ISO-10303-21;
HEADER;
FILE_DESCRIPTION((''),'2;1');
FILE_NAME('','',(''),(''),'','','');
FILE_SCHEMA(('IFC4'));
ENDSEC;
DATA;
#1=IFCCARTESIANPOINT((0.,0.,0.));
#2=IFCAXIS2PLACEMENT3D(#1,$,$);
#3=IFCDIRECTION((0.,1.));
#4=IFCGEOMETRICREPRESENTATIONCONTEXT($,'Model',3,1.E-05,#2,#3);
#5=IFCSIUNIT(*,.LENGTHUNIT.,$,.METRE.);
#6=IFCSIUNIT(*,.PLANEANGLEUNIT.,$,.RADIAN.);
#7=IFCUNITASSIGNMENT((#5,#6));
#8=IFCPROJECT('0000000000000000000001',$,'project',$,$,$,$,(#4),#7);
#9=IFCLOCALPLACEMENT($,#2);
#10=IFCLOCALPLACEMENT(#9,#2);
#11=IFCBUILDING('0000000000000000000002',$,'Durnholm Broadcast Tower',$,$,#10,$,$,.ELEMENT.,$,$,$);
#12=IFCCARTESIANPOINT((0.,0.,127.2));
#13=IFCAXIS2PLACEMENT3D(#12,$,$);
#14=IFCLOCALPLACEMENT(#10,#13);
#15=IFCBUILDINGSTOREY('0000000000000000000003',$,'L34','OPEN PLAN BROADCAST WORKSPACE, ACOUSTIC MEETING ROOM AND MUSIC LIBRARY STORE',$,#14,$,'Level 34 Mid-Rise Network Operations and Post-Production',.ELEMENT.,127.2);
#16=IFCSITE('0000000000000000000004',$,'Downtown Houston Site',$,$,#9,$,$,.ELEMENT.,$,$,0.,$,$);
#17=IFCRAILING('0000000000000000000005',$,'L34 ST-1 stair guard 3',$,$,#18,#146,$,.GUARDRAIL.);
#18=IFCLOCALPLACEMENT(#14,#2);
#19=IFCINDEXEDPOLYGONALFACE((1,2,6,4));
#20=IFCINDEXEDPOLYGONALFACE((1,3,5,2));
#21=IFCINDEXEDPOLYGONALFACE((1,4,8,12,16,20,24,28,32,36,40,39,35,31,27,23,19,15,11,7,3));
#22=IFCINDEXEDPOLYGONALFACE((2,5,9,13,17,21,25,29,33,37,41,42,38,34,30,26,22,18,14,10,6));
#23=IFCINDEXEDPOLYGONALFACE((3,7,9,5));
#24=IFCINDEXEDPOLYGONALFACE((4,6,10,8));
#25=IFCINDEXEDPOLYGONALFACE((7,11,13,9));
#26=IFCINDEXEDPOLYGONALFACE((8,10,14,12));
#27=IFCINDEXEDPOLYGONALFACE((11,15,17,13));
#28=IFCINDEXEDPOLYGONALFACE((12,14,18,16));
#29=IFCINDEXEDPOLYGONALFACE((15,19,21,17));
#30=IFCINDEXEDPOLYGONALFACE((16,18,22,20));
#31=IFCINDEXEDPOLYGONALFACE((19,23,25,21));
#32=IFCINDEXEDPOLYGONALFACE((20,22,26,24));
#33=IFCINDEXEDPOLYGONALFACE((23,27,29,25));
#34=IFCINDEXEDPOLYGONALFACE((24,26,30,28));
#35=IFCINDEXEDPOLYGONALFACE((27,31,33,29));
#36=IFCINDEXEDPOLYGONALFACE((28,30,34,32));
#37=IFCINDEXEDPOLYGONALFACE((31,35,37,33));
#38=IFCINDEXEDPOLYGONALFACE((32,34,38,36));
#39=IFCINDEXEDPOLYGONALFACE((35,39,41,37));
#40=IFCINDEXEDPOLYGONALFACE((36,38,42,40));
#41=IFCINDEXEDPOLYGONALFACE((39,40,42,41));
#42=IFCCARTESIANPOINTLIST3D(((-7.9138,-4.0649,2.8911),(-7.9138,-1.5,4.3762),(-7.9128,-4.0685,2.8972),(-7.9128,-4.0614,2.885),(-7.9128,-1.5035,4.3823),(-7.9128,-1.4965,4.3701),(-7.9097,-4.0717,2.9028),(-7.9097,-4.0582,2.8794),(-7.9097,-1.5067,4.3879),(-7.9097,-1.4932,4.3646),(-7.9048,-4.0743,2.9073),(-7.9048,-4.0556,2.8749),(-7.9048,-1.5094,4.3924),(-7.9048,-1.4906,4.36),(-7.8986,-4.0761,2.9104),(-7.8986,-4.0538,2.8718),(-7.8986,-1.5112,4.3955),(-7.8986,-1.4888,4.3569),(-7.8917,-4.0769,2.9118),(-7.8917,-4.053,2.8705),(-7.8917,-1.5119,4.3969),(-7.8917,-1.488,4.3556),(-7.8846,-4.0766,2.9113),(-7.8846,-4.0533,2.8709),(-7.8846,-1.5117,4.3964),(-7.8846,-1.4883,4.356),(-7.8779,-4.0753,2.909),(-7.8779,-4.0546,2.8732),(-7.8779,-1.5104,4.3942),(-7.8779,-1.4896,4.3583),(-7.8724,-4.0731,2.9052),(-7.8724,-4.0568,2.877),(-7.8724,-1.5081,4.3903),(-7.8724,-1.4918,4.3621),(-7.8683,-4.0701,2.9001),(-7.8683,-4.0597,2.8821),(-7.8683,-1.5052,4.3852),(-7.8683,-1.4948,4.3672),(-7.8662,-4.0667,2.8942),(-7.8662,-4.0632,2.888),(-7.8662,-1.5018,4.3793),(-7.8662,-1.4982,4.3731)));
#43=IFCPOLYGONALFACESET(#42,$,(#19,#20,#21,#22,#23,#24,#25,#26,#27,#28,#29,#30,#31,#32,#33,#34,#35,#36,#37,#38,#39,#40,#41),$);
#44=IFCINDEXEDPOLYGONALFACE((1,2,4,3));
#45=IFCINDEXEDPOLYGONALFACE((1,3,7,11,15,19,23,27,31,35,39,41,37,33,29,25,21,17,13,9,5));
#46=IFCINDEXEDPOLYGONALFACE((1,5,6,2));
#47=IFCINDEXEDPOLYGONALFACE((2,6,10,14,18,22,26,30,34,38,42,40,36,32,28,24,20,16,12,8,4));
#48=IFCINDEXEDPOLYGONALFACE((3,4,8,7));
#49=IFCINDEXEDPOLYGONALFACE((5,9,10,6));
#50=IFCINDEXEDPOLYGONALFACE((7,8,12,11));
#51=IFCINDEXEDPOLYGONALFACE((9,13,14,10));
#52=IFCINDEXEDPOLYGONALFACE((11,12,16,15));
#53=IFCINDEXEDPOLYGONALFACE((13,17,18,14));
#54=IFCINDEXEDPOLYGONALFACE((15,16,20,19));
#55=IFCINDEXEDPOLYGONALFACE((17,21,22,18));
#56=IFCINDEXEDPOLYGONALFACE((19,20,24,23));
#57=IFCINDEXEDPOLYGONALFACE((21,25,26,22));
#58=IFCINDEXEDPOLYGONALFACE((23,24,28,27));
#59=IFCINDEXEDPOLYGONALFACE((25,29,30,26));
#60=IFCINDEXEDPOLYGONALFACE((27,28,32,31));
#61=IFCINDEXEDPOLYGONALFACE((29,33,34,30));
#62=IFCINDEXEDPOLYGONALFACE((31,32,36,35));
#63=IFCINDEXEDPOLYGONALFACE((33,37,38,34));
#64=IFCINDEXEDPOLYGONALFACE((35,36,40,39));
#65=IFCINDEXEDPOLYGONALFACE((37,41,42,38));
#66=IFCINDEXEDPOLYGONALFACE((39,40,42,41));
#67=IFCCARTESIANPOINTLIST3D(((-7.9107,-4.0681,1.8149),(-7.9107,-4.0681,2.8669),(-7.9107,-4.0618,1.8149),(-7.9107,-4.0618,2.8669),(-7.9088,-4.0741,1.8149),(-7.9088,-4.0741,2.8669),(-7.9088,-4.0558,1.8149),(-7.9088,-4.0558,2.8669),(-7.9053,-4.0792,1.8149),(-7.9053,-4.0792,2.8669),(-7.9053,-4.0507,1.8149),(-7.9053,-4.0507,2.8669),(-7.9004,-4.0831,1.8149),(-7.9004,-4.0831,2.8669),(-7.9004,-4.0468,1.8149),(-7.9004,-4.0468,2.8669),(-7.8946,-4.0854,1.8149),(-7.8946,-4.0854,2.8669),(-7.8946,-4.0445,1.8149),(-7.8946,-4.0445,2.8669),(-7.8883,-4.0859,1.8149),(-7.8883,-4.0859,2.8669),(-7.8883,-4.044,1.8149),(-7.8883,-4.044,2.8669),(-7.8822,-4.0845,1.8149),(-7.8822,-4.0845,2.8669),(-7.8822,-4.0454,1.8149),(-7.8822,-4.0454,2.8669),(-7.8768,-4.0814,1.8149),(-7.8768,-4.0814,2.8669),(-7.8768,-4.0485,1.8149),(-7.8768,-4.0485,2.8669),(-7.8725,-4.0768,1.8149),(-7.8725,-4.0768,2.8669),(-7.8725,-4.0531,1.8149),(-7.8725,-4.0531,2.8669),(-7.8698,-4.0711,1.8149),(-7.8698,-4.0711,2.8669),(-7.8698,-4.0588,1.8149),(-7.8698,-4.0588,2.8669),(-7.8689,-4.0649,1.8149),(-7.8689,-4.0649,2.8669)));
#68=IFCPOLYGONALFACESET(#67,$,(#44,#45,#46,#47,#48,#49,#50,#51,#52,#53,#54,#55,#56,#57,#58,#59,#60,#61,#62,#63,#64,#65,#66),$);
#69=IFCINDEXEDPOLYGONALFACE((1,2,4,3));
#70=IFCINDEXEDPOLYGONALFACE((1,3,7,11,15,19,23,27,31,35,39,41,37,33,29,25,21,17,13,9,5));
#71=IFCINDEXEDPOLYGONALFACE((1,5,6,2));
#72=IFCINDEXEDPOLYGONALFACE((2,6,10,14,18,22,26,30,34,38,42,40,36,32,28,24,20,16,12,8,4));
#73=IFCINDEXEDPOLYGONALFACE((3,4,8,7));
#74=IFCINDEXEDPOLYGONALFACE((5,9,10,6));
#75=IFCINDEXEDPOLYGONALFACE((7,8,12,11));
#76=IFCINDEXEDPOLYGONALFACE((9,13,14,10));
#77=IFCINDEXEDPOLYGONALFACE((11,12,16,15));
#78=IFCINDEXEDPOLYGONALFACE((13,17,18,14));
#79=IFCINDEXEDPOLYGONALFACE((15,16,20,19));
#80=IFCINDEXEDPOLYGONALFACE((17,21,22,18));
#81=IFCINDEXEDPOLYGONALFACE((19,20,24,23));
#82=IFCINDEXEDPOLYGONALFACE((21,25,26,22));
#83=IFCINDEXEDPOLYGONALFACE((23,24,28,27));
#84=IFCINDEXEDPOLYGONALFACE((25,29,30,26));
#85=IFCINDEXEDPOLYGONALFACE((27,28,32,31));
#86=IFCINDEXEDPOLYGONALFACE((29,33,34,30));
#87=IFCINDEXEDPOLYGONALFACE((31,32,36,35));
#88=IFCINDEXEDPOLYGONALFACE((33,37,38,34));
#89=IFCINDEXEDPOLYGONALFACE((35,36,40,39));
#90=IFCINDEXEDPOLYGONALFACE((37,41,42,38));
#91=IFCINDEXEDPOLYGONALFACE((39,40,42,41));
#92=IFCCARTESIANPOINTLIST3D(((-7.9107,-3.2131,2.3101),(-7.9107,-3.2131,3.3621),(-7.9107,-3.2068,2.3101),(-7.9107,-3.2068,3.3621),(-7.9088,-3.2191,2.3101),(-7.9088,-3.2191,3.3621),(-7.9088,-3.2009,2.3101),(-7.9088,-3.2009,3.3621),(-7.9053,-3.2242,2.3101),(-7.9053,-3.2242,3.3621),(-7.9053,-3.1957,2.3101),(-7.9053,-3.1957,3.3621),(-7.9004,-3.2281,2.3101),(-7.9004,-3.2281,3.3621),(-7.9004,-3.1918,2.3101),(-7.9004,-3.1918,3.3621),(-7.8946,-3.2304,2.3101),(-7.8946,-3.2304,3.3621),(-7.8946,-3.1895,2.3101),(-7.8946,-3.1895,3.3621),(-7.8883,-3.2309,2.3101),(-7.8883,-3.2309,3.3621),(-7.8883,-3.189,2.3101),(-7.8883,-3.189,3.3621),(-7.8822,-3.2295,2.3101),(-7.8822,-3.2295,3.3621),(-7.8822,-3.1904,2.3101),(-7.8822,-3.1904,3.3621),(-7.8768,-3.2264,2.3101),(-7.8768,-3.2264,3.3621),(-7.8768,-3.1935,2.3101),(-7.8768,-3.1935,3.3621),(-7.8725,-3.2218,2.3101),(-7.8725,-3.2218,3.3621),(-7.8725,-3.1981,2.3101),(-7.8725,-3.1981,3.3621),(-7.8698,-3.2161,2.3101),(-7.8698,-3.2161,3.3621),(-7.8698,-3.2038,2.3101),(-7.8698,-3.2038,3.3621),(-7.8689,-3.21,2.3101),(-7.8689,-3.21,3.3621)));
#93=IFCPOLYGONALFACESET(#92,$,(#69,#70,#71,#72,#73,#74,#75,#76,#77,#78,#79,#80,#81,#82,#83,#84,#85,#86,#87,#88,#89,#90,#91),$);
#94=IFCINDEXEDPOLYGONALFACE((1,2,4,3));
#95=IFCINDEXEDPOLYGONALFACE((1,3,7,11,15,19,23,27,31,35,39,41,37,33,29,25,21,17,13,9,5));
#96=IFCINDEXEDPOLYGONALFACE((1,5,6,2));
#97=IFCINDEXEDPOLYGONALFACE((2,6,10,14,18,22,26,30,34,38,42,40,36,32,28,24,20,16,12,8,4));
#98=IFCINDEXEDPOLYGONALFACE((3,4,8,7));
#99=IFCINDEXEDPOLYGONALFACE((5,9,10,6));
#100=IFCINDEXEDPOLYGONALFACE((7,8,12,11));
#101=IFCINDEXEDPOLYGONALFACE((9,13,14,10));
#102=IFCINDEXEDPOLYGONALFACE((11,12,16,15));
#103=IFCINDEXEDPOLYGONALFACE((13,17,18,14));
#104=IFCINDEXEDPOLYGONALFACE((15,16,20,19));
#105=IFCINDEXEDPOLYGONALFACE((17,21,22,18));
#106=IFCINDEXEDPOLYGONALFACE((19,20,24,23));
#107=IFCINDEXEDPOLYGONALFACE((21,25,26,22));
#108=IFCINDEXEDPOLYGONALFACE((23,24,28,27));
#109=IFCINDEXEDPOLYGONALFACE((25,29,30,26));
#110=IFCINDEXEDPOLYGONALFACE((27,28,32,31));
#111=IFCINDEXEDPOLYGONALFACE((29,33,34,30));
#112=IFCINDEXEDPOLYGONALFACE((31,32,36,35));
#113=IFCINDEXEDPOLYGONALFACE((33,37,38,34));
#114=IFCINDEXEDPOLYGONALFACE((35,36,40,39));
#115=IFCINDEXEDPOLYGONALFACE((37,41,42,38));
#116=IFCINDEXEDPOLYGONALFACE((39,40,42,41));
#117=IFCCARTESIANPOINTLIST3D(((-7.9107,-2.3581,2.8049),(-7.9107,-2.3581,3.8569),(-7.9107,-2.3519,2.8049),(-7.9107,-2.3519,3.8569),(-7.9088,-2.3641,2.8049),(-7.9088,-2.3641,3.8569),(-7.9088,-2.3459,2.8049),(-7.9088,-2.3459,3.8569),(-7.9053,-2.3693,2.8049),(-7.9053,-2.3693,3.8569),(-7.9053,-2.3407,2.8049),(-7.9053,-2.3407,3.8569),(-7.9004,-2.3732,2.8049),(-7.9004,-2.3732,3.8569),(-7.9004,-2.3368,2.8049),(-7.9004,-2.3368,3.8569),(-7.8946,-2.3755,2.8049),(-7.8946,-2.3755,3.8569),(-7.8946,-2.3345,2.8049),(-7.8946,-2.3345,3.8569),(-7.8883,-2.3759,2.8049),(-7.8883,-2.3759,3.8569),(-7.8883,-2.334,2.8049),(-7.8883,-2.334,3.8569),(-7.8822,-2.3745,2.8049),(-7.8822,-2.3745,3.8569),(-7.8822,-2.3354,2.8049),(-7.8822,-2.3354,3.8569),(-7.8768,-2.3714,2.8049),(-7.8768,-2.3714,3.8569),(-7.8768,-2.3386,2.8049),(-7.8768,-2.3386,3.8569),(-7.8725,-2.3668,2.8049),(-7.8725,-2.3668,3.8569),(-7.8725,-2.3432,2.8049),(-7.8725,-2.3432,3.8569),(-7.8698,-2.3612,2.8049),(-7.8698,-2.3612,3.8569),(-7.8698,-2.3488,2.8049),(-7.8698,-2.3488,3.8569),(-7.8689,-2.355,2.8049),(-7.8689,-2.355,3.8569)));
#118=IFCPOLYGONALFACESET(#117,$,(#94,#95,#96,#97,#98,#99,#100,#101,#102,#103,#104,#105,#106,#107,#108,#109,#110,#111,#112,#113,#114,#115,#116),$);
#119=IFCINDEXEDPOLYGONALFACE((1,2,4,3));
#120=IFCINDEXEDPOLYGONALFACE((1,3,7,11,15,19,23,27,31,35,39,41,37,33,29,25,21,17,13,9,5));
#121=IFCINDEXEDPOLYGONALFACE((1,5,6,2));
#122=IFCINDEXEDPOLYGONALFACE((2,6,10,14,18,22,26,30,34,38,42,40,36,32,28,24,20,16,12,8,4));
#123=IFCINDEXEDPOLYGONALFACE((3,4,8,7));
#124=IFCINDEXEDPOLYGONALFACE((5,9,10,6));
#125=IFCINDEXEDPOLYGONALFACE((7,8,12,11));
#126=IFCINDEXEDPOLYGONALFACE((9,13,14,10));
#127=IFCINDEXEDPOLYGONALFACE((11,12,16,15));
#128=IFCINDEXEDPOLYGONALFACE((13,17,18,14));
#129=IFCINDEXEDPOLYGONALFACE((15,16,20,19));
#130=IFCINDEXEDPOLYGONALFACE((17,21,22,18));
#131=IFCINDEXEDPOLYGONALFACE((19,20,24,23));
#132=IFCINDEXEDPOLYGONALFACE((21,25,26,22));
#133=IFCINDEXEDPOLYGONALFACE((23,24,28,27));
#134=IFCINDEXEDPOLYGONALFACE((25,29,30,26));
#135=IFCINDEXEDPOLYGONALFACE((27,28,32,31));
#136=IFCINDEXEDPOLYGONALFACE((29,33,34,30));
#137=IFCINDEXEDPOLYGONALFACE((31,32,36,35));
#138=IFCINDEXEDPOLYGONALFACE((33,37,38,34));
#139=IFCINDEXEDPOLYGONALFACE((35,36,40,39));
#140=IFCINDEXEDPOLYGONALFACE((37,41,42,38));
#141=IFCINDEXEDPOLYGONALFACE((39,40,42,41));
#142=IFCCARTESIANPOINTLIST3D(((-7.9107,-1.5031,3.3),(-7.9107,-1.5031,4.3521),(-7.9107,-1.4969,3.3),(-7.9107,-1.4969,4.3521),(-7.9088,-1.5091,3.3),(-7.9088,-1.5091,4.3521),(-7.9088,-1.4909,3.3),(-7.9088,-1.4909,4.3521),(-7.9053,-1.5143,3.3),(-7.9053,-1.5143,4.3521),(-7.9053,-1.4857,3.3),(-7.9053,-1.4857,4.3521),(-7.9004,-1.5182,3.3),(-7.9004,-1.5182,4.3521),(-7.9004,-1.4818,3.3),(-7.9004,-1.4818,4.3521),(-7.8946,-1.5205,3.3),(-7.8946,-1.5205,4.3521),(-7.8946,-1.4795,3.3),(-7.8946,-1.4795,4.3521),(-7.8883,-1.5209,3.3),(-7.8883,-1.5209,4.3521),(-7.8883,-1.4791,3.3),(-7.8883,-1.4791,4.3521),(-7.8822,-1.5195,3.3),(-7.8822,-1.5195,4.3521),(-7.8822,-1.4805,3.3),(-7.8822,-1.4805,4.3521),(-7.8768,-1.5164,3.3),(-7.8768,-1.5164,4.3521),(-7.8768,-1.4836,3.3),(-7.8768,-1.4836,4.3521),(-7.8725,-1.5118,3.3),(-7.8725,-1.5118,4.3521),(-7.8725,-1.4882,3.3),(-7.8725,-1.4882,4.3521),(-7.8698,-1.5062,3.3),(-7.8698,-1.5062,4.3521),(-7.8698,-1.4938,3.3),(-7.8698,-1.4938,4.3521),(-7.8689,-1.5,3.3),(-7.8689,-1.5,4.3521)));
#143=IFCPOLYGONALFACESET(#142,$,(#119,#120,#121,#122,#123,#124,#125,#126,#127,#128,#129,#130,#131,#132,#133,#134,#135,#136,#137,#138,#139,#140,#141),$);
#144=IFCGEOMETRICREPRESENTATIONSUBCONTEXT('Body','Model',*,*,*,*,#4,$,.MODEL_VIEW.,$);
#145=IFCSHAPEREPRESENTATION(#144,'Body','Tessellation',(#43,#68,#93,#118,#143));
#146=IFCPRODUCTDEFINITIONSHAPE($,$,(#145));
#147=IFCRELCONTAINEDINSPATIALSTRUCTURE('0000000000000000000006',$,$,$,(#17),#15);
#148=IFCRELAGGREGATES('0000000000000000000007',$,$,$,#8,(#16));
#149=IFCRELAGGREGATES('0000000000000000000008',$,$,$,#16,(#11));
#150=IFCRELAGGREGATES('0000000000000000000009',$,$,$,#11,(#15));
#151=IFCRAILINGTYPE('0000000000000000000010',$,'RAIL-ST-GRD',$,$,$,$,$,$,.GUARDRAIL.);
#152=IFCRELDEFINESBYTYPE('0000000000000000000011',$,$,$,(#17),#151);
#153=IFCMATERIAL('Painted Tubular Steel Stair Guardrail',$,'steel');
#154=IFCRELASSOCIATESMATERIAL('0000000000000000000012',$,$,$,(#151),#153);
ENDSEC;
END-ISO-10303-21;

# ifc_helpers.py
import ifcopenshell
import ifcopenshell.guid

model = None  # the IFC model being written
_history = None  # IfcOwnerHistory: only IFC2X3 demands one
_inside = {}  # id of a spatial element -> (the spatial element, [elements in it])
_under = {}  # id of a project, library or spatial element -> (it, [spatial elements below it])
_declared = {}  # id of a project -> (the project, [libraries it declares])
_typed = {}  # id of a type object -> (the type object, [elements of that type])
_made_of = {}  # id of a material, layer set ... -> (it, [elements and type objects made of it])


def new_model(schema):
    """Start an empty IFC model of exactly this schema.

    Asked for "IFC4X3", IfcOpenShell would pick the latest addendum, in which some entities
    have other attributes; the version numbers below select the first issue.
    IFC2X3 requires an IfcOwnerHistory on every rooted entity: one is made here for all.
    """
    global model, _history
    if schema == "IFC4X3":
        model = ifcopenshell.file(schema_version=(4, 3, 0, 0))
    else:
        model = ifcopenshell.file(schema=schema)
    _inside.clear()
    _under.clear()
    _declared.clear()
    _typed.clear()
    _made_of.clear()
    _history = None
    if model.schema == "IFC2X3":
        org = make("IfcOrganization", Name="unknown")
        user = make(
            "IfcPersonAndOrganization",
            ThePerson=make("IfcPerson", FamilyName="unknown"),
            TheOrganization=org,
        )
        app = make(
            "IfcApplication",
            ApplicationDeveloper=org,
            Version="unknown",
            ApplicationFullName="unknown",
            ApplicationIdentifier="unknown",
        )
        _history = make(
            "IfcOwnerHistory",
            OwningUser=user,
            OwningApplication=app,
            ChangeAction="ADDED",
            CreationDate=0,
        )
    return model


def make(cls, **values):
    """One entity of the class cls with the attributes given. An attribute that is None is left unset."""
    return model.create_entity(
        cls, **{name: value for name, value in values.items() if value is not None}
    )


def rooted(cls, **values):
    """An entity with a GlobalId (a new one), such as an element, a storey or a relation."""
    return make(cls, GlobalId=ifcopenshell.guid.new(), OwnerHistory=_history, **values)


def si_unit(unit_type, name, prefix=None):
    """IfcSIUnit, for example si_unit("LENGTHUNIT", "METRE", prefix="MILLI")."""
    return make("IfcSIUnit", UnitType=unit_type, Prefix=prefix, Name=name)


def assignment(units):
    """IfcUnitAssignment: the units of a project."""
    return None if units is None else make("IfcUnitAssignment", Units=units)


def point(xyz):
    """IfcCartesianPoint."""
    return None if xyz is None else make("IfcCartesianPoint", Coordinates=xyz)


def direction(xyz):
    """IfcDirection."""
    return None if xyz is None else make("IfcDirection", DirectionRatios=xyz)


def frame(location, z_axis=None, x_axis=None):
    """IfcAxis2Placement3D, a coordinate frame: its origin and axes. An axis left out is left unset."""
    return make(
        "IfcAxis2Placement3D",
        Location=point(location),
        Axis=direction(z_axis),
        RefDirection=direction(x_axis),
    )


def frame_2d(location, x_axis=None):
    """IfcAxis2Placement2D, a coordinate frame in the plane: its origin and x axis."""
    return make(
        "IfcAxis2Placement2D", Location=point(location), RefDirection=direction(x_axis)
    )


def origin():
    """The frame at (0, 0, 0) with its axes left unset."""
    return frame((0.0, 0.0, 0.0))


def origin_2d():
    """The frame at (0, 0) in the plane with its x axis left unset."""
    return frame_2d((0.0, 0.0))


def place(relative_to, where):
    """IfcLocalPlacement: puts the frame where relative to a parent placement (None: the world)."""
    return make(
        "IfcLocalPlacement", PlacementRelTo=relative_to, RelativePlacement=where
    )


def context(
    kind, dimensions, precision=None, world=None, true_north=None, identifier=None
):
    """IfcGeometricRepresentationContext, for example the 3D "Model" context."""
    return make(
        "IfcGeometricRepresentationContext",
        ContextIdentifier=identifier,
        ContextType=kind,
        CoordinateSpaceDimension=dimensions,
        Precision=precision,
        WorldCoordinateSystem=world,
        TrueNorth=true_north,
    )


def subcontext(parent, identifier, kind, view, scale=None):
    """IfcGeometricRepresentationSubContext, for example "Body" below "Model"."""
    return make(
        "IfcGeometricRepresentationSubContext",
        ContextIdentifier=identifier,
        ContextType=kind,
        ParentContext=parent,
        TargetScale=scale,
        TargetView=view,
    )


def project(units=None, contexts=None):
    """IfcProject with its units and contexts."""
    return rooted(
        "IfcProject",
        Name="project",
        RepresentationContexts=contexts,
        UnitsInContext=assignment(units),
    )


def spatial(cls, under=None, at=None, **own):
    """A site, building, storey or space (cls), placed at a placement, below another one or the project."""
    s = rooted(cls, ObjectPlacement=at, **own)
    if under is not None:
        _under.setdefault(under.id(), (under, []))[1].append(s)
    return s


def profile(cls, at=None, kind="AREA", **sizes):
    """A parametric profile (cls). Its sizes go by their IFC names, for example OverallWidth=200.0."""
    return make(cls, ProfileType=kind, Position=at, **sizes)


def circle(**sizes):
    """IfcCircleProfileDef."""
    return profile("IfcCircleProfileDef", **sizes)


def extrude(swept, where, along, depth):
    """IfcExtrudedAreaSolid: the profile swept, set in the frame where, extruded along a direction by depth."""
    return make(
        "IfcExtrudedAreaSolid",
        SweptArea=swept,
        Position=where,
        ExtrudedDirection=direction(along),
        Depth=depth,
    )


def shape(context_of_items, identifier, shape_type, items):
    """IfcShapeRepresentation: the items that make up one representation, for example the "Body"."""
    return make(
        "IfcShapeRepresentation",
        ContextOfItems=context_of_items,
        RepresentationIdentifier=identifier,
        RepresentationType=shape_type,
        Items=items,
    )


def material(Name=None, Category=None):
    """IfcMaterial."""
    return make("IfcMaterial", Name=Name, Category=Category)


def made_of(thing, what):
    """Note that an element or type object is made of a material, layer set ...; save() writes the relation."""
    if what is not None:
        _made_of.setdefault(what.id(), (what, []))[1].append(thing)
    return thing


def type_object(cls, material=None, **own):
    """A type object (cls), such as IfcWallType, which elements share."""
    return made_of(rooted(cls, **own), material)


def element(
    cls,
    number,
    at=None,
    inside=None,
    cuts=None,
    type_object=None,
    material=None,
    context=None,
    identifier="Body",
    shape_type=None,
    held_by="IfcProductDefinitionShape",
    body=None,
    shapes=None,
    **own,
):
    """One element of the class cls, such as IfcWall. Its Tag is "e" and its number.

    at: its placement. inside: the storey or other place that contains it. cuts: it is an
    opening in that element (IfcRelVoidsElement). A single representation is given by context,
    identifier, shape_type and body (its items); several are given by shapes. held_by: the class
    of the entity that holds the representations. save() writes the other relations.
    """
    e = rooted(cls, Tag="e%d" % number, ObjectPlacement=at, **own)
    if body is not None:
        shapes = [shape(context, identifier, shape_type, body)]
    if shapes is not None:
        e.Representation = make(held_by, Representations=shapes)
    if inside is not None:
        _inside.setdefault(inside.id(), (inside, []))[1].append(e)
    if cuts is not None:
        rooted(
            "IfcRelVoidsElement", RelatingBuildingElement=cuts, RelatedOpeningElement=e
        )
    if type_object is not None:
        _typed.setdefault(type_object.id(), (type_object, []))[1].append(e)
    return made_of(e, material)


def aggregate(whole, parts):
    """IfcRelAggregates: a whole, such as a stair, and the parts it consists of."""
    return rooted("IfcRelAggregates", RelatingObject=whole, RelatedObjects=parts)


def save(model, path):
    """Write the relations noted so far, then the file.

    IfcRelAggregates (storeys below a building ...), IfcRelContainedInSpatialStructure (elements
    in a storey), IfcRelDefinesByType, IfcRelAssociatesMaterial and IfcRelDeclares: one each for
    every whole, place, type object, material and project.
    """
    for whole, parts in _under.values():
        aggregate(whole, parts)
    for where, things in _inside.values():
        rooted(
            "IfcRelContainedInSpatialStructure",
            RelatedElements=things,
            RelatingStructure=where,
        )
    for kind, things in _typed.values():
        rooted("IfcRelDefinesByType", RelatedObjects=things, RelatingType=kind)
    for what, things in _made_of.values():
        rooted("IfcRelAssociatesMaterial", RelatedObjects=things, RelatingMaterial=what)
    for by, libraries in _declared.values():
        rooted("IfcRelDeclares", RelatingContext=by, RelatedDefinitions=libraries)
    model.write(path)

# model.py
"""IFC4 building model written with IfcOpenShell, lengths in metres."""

from ifc_helpers import new_model, si_unit, direction, frame, origin, origin_2d, place, context, subcontext, project, spatial, circle, extrude, material, type_object, element, save


model = new_model("IFC4")

# Units and contexts
model_context = context("Model", 3, precision=1e-05, world=origin(), true_north=direction((0.0, 1.0)))
body_context = subcontext(model_context, "Body", "Model", "MODEL_VIEW")
ifc_project = project(units=[si_unit("LENGTHUNIT", "METRE"), si_unit("PLANEANGLEUNIT", "RADIAN")], contexts=[model_context])

# Site, building, storey
site_placement = place(None, origin())
site = spatial("IfcSite", under=ifc_project, at=site_placement, Name="Downtown Houston Site", CompositionType="ELEMENT", RefElevation=0.0)
building_placement = place(site_placement, origin())
building = spatial("IfcBuilding", under=site, at=building_placement, Name="Durnholm Broadcast Tower", CompositionType="ELEMENT")
storey_placement = place(building_placement, frame((0.0, 0.0, 127.2)))
storey = spatial("IfcBuildingStorey", under=building, at=storey_placement, Name="L34", Description="OPEN PLAN BROADCAST WORKSPACE, ACOUSTIC MEETING ROOM AND MUSIC LIBRARY STORE", LongName="Level 34 Mid-Rise Network Operations and Post-Production", CompositionType="ELEMENT", Elevation=127.2)

# Railing
ifc_material_1 = material(Name="Painted Tubular Steel Stair Guardrail", Category="steel")
railing_type_1 = type_object("IfcRailingType", Name="RAIL-ST-GRD", PredefinedType="GUARDRAIL", material=ifc_material_1)
railing_1_placement = place(storey_placement, frame((-7.8899, -4.0649, 1.8149)))
element("IfcRailing", 1, at=railing_1_placement, inside=storey, type_object=railing_type_1, Name="L34 ST-1 stair guard 3", PredefinedType="GUARDRAIL", context=body_context, shape_type="SweptSolid", body=[
    extrude(circle(Radius=0.0239, at=origin_2d()), frame((0.0, 0.0, 1.0762), z_axis=(0.0, 0.865406, 0.501072), x_axis=(-1.0, 0.0, 0.0)), (0.0, 0.0, 1.0), 2.9639),
    extrude(circle(Radius=0.021, at=origin_2d()), origin(), (0.0, 0.0, 1.0), 1.052),
    extrude(circle(Radius=0.021, at=origin_2d()), frame((0.0, 0.855, 0.4951)), (0.0, 0.0, 1.0), 1.052),
    extrude(circle(Radius=0.021, at=origin_2d()), frame((0.0, 1.71, 0.99)), (0.0, 0.0, 1.0), 1.052),
    extrude(circle(Radius=0.021, at=origin_2d()), frame((0.0, 2.5649, 1.4851)), (0.0, 0.0, 1.0), 1.052),
])

save(model, "model.ifc")
